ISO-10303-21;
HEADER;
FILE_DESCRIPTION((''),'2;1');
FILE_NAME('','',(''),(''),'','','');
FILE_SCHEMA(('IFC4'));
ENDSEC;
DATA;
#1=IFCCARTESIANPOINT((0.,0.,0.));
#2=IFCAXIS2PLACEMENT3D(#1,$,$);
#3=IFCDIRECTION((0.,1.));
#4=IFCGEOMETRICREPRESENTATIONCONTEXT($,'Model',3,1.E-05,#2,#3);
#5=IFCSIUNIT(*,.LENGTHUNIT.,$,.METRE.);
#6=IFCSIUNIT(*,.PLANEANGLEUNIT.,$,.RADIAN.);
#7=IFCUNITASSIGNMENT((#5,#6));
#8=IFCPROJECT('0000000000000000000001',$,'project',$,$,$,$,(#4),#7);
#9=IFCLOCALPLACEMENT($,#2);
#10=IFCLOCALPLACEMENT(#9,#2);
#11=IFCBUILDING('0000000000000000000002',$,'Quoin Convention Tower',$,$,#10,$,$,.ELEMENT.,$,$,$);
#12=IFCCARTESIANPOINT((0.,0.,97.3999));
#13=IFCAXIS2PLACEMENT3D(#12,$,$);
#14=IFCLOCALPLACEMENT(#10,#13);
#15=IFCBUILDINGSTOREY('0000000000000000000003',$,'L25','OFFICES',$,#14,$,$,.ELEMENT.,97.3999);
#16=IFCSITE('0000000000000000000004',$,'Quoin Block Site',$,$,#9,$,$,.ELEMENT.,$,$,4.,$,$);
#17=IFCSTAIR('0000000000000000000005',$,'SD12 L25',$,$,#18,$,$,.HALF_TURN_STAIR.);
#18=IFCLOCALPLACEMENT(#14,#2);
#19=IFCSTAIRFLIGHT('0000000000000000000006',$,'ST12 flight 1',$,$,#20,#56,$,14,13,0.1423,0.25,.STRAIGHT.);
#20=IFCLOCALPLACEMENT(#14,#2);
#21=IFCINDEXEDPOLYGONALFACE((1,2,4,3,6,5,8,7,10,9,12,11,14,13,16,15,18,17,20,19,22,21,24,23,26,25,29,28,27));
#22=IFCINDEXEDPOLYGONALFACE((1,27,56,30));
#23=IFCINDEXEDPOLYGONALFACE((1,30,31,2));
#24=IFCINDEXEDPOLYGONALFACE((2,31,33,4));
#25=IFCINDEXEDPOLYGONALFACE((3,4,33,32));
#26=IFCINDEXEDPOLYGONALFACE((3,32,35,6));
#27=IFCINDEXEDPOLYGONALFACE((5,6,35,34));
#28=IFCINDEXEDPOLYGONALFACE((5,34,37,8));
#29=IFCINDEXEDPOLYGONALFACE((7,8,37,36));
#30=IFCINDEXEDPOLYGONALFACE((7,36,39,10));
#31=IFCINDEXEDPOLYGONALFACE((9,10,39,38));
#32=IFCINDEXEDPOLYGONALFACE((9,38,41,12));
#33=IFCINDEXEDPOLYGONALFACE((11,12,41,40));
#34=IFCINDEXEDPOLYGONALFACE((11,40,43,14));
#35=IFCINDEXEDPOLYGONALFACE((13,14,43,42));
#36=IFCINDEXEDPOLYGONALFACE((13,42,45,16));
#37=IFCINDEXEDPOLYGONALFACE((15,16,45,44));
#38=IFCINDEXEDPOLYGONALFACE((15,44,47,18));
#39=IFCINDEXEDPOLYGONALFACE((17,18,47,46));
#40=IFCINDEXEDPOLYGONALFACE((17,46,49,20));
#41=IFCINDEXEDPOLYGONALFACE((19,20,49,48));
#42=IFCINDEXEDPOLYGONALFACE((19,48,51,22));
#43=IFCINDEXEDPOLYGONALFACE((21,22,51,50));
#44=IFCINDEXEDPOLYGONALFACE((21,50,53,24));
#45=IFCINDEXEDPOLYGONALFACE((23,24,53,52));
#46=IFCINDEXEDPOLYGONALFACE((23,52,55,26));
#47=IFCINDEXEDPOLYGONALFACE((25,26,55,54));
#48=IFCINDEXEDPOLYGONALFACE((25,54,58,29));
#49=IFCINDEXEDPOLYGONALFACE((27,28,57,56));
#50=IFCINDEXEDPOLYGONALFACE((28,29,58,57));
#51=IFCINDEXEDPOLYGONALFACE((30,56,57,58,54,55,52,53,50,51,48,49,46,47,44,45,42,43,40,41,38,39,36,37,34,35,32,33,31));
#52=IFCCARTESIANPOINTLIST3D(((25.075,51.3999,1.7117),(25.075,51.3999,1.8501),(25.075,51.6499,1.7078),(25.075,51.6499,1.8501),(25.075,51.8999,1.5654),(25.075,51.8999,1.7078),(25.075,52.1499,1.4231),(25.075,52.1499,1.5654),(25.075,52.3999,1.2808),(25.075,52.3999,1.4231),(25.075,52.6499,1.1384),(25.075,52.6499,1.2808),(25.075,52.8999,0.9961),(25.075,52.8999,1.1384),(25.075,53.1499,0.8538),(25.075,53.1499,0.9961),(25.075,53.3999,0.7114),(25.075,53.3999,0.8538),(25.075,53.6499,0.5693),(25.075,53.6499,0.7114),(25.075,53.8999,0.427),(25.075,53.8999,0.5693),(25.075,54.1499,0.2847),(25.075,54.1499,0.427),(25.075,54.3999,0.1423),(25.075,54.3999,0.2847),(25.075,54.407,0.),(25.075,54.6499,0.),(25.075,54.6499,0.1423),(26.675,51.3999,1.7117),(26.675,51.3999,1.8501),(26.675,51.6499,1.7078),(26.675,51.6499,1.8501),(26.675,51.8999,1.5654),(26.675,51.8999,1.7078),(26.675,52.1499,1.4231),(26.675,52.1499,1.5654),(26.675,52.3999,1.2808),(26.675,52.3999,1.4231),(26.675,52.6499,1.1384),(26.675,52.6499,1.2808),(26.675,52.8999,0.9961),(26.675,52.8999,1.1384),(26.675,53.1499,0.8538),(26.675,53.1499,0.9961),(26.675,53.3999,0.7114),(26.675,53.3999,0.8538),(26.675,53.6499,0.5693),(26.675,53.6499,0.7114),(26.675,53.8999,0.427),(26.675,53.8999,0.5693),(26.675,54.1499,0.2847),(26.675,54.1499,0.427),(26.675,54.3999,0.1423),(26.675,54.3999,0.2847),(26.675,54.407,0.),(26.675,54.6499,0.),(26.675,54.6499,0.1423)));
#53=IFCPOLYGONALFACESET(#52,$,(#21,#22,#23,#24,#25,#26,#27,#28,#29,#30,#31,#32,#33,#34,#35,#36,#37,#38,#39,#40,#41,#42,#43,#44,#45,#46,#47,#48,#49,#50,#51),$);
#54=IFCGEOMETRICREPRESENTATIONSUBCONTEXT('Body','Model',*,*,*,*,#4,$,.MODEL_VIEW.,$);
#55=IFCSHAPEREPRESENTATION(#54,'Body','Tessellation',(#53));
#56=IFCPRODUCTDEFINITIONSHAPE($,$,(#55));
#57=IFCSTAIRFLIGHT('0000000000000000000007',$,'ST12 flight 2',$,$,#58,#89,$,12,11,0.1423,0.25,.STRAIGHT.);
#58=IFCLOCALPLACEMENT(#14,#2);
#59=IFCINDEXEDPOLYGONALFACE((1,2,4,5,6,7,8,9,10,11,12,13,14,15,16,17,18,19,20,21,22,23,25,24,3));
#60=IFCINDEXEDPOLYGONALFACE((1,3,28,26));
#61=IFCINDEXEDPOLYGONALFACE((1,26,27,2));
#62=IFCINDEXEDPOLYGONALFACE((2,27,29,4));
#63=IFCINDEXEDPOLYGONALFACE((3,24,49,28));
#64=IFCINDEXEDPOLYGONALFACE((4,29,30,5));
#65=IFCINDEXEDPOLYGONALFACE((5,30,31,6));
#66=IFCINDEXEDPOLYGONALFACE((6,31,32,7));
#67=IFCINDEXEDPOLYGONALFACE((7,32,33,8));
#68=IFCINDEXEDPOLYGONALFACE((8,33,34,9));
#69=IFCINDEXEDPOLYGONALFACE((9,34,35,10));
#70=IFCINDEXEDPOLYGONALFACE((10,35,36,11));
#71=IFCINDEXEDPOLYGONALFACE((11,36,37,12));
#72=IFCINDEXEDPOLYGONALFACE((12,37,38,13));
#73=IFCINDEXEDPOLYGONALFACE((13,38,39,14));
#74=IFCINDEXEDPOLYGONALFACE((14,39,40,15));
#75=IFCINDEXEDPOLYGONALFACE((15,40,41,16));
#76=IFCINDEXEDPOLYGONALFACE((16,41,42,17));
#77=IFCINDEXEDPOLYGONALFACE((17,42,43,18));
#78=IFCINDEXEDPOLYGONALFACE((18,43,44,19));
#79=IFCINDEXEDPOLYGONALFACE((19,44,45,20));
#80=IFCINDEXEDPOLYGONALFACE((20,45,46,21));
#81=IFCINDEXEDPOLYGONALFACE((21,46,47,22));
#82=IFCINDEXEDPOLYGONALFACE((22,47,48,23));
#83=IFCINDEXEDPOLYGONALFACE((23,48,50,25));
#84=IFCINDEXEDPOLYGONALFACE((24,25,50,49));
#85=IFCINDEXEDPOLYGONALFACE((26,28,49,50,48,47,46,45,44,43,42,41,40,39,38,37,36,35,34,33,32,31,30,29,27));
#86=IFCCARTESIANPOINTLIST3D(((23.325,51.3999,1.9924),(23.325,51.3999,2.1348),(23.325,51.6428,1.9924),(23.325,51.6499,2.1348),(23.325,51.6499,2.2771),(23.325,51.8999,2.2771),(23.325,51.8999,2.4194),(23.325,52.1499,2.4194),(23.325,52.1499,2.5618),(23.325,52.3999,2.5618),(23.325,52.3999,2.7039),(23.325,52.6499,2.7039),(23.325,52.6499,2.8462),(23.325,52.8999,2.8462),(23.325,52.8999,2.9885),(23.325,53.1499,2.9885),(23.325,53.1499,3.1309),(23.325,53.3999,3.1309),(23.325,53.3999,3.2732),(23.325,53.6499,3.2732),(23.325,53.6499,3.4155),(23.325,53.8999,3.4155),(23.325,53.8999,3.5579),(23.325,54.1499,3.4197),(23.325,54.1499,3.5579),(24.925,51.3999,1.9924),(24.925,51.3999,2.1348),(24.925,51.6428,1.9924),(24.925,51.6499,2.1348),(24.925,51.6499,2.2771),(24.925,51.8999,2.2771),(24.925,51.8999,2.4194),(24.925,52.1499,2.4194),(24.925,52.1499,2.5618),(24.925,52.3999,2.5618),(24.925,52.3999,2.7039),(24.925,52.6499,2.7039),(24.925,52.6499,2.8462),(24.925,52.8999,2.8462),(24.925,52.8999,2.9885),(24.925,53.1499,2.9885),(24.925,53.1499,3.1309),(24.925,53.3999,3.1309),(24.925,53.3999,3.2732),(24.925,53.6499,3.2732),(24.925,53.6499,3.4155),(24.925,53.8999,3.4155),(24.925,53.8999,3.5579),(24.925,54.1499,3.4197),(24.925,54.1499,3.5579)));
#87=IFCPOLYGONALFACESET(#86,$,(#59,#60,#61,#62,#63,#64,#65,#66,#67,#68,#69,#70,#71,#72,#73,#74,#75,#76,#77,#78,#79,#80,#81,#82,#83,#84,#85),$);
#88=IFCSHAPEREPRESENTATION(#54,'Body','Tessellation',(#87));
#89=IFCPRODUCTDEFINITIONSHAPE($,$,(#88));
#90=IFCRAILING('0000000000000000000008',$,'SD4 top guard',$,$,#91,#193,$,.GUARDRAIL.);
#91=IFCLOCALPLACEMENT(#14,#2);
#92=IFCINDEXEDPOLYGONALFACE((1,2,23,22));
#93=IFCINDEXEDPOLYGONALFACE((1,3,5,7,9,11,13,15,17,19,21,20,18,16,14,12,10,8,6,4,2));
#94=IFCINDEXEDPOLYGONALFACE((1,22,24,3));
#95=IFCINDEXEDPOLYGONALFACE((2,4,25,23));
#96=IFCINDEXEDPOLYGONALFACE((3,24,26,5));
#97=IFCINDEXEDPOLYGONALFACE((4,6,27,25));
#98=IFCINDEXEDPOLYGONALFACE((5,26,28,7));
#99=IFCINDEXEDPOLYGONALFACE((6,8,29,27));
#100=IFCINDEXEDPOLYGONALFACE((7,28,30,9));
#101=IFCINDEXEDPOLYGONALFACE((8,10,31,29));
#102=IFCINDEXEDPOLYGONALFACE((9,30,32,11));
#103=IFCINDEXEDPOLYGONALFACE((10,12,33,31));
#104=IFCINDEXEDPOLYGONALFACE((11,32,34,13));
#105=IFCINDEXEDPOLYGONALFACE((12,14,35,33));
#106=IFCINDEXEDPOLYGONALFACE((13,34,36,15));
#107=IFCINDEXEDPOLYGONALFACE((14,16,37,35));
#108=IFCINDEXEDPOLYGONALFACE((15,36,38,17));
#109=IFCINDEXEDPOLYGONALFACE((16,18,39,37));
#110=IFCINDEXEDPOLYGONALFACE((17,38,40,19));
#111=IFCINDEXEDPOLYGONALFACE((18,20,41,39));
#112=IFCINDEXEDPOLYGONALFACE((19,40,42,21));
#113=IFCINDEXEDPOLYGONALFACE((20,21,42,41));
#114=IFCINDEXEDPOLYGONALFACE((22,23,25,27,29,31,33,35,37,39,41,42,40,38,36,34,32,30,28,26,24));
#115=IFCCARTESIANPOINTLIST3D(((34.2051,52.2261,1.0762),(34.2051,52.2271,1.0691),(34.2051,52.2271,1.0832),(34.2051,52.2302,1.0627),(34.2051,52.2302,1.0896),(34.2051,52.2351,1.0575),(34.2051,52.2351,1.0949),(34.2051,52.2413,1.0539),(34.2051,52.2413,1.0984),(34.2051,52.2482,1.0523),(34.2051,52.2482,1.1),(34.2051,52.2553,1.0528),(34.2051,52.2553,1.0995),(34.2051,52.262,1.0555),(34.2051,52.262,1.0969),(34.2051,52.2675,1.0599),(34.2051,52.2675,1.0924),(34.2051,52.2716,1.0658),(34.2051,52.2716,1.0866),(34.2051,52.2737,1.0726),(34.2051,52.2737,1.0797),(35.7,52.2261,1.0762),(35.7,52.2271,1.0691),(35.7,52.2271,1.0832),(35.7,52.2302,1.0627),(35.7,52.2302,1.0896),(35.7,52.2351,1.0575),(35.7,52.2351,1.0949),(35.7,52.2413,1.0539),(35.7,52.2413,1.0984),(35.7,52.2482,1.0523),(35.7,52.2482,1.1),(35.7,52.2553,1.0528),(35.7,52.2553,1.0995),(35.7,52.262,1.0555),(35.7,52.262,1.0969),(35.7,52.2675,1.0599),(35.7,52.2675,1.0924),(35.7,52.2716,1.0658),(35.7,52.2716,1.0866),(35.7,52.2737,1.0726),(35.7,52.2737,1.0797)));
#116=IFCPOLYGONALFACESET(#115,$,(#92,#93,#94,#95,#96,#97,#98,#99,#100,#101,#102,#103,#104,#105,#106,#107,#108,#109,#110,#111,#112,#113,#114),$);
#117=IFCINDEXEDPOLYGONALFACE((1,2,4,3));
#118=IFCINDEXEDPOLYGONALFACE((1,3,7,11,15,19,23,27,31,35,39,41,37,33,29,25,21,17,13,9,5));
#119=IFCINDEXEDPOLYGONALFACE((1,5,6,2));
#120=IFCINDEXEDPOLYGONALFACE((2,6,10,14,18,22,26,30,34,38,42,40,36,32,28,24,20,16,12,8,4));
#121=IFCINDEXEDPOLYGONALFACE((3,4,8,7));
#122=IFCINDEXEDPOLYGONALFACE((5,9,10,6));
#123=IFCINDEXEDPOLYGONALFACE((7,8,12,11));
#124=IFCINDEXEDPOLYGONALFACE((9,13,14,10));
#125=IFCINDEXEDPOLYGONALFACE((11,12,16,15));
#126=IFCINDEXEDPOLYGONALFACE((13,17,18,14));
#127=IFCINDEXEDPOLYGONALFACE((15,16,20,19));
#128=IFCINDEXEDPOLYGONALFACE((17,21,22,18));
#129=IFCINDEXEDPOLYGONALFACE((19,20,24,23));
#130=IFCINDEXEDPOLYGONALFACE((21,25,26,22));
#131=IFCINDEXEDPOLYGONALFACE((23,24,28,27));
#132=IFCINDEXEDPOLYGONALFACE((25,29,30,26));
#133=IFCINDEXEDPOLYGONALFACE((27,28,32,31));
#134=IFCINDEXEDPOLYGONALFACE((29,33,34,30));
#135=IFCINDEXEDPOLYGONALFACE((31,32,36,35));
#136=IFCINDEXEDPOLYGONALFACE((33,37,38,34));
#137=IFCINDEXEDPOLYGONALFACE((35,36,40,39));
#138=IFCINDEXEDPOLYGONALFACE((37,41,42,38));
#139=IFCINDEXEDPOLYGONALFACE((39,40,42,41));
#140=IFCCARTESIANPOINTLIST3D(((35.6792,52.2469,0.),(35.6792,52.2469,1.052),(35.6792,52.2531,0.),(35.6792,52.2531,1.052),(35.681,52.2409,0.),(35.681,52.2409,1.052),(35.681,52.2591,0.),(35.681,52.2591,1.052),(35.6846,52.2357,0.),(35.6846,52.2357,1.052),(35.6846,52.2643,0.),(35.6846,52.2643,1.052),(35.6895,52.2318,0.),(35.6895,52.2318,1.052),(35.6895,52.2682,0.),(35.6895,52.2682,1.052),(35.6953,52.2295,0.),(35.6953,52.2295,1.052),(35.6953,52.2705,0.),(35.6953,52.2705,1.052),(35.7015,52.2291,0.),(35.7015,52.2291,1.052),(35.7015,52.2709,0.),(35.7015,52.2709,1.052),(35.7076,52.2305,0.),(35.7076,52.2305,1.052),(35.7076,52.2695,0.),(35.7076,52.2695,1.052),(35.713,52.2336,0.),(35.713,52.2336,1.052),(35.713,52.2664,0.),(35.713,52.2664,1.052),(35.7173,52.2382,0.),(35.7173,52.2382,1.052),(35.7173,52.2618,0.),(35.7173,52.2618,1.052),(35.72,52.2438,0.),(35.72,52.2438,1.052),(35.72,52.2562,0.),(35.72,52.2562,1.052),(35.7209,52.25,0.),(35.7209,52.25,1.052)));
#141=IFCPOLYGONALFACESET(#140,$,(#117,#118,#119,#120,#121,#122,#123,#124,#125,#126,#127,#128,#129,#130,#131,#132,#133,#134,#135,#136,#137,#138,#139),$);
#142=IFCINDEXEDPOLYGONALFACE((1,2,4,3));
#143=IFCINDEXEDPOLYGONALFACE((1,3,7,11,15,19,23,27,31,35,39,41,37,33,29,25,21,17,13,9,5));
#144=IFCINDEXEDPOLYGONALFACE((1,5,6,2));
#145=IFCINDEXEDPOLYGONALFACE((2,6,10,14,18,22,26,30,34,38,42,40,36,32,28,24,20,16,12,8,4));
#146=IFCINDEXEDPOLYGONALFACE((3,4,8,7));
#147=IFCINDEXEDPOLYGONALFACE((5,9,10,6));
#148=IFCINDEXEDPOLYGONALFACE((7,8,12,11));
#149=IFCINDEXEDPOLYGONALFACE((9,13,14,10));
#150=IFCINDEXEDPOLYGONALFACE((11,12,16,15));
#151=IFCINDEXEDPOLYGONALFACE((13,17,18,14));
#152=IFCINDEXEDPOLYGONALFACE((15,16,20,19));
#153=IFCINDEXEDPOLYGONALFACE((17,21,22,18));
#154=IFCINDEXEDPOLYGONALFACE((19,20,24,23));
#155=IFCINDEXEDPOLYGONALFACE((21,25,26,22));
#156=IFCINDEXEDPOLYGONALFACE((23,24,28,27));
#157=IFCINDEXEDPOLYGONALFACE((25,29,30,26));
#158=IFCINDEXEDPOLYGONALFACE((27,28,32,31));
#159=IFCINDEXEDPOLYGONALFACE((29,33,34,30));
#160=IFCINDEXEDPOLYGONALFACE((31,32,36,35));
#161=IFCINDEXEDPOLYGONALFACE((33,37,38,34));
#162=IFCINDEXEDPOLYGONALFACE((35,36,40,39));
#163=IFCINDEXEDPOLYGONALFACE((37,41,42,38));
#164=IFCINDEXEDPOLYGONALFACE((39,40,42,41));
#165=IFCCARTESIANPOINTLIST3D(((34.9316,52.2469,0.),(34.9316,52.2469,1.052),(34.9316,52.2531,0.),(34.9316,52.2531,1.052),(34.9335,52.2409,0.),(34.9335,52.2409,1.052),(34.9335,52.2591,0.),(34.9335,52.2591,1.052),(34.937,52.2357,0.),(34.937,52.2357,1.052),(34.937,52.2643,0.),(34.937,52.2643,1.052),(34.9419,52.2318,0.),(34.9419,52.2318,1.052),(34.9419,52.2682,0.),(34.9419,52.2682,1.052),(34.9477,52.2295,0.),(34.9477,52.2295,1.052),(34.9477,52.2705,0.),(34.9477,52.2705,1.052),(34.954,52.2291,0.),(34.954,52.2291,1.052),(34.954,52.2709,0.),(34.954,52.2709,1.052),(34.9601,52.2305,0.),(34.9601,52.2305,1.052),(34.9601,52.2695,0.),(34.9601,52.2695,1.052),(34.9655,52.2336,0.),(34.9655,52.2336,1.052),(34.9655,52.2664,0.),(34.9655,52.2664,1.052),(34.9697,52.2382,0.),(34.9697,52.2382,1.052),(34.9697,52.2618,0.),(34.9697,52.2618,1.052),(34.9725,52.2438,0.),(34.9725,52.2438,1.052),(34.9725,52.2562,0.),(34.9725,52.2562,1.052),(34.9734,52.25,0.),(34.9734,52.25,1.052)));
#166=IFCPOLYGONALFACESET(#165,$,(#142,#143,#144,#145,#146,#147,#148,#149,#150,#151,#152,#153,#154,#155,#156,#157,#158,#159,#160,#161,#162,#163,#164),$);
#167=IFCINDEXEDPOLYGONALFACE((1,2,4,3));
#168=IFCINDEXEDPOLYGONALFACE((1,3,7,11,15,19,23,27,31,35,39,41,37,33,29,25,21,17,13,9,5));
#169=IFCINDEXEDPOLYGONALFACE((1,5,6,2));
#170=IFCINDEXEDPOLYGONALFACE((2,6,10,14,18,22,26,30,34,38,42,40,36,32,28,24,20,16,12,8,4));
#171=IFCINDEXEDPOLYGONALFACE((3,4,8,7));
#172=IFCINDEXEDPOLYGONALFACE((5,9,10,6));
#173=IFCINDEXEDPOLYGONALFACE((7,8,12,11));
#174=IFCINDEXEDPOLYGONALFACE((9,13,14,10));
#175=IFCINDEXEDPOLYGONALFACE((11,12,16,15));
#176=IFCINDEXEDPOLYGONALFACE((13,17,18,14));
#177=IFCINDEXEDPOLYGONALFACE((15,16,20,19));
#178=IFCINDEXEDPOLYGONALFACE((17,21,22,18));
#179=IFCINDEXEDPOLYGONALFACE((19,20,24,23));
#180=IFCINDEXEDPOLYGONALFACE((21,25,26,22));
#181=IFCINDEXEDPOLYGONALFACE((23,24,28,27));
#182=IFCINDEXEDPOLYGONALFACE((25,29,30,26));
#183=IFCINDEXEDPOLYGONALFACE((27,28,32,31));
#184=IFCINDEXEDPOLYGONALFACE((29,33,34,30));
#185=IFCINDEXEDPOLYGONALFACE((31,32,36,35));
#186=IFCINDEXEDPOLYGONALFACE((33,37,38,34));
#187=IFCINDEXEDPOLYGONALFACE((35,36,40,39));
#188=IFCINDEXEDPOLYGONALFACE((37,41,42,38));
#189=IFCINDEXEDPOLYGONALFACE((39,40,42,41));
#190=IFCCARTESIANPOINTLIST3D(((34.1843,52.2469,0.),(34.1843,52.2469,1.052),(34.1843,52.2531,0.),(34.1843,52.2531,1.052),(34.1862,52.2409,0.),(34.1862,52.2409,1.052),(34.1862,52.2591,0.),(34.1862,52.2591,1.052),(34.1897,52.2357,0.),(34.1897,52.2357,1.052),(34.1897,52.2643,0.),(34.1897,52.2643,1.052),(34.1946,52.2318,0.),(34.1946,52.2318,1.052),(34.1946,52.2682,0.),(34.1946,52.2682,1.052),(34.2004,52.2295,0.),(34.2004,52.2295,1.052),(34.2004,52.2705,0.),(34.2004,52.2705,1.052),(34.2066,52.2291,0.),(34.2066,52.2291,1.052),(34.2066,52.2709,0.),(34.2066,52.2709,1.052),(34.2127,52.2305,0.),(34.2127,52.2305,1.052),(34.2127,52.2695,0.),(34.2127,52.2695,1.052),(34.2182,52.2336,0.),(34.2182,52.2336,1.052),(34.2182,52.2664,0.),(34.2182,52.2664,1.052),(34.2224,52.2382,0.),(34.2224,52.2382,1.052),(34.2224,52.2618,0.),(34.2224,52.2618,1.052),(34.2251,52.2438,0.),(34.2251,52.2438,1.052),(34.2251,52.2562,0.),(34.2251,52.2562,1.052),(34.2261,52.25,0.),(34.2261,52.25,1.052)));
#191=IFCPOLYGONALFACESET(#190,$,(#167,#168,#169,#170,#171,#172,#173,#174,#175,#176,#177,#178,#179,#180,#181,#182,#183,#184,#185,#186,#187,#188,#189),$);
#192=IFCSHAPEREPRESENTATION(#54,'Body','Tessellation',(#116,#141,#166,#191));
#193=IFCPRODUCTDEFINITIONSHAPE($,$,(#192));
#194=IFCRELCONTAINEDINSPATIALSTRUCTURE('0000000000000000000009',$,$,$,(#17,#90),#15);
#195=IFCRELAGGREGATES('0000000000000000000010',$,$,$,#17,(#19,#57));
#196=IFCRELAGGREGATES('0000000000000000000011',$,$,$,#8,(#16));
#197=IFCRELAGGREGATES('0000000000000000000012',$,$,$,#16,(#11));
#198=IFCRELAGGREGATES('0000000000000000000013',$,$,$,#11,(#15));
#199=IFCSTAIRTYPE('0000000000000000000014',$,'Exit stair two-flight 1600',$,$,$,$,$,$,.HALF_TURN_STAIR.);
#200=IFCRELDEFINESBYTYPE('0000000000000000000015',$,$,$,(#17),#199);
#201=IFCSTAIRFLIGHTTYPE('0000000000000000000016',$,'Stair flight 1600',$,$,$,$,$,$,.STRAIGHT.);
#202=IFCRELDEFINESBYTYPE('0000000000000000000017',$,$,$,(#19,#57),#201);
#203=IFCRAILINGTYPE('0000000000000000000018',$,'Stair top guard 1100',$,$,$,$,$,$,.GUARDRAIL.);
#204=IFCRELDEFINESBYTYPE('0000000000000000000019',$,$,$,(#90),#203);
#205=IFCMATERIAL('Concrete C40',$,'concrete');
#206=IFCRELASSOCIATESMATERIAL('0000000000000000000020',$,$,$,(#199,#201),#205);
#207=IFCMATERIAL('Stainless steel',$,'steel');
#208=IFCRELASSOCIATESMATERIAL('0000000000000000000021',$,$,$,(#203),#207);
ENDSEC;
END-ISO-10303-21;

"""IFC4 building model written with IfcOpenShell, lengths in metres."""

from ifc_helpers import new_model, si_unit, direction, frame, origin, origin_2d, place, context, subcontext, project, spatial, polyline, circle, outline, extrude, material, type_object, element, aggregate, save


model = new_model("IFC4")

# Units and contexts
model_context = context("Model", 3, precision=1e-05, world=origin(), true_north=direction((0.0, 1.0)))
body_context = subcontext(model_context, "Body", "Model", "MODEL_VIEW")
ifc_project = project(units=[si_unit("LENGTHUNIT", "METRE"), si_unit("PLANEANGLEUNIT", "RADIAN")], contexts=[model_context])

# Site, building, storey
site_placement = place(None, origin())
site = spatial("IfcSite", under=ifc_project, at=site_placement, Name="Quoin Block Site", CompositionType="ELEMENT", RefElevation=4.0)
building_placement = place(site_placement, origin())
building = spatial("IfcBuilding", under=site, at=building_placement, Name="Quoin Convention Tower", CompositionType="ELEMENT")
storey_placement = place(building_placement, frame((0.0, 0.0, 97.3999)))
storey = spatial("IfcBuildingStorey", under=building, at=storey_placement, Name="L25", Description="OFFICES", CompositionType="ELEMENT", Elevation=97.3999)

# Shared definitions
ifc_material_1 = material(Name="Concrete C40", Category="concrete")

# Stair, stair flights
stair_type_1 = type_object("IfcStairType", Name="Exit stair two-flight 1600", PredefinedType="HALF_TURN_STAIR", material=ifc_material_1)
stair_flight_type_1 = type_object("IfcStairFlightType", Name="Stair flight 1600", PredefinedType="STRAIGHT", material=ifc_material_1)
stair_1_placement = place(storey_placement, origin())
stair_1 = element("IfcStair", 1, at=stair_1_placement, inside=storey, type_object=stair_type_1, Name="SD12 L25", PredefinedType="HALF_TURN_STAIR")
stair_flight_1_placement = place(storey_placement, frame((25.875, 54.6499, 0.0), z_axis=(0.0, 0.0, 1.0), x_axis=(0.0, -1.0, 0.0)))
stair_flight_1 = element("IfcStairFlight", 2, at=stair_flight_1_placement, type_object=stair_flight_type_1, Name="ST12 flight 1", NumberOfRisers=14, NumberOfTreads=13, PredefinedType="STRAIGHT", RiserHeight=0.1423, TreadLength=0.25, context=body_context, shape_type="SweptSolid", body=[
    extrude(outline(polyline([(0.0, 0.0), (0.0, 0.1423), (0.25, 0.1423), (0.25, 0.2847), (0.5, 0.2847), (0.5, 0.427), (0.75, 0.427), (0.75, 0.5693), (1.0, 0.5693), (1.0, 0.7114), (1.25, 0.7114), (1.25, 0.8538), (1.5, 0.8538), (1.5, 0.9961), (1.75, 0.9961), (1.75, 1.1384), (2.0, 1.1384), (2.0, 1.2808), (2.25, 1.2808), (2.25, 1.4231), (2.5, 1.4231), (2.5, 1.5654), (2.75, 1.5654), (2.75, 1.7078), (3.0, 1.7078), (3.0, 1.8501), (3.25, 1.8501), (3.25, 1.9922), (3.25, 1.7117), (0.2429, 0.0), (0.0, 0.0)])), frame((0.0, 0.8, 0.0), z_axis=(0.0, -1.0, 0.0), x_axis=(1.0, 0.0, 0.0)), (0.0, 0.0, 1.0), 1.6001),
])
stair_flight_2_placement = place(storey_placement, frame((24.125, 51.3999, 1.9924), z_axis=(0.0, 0.0, 1.0), x_axis=(0.0, 1.0, 0.0)))
stair_flight_2 = element("IfcStairFlight", 3, at=stair_flight_2_placement, type_object=stair_flight_type_1, Name="ST12 flight 2", NumberOfRisers=12, NumberOfTreads=11, PredefinedType="STRAIGHT", RiserHeight=0.1423, TreadLength=0.25, context=body_context, shape_type="SweptSolid", body=[
    extrude(outline(polyline([(0.0, 0.0), (0.0, 0.1423), (0.25, 0.1423), (0.25, 0.2847), (0.5, 0.2847), (0.5, 0.427), (0.75, 0.427), (0.75, 0.5693), (1.0, 0.5693), (1.0, 0.7114), (1.25, 0.7114), (1.25, 0.8538), (1.5, 0.8538), (1.5, 0.9961), (1.75, 0.9961), (1.75, 1.1384), (2.0, 1.1384), (2.0, 1.2808), (2.25, 1.2808), (2.25, 1.4231), (2.5, 1.4231), (2.5, 1.5654), (2.75, 1.5654), (2.75, 1.7078), (2.75, 1.4272), (0.2429, 0.0), (0.0, 0.0)])), frame((0.0, 0.8, 0.0), z_axis=(0.0, -1.0, 0.0), x_axis=(1.0, 0.0, 0.0)), (0.0, 0.0, 1.0), 1.6001),
])
aggregate(stair_1, [stair_flight_1, stair_flight_2])

# Railing
ifc_material_2 = material(Name="Stainless steel", Category="steel")
railing_type_1 = type_object("IfcRailingType", Name="Stair top guard 1100", PredefinedType="GUARDRAIL", material=ifc_material_2)
railing_1_placement = place(storey_placement, frame((35.7, 52.25, 0.0)))
element("IfcRailing", 4, at=railing_1_placement, inside=storey, type_object=railing_type_1, Name="SD4 top guard", PredefinedType="GUARDRAIL", context=body_context, shape_type="SweptSolid", body=[
    extrude(circle(Radius=0.0239, at=origin_2d()), frame((0.0, 0.0, 1.0762), z_axis=(-1.0, 0.0, 0.0), x_axis=(0.0, -1.0, 0.0)), (0.0, 0.0, 1.0), 1.4949),
    extrude(circle(Radius=0.021, at=origin_2d()), origin(), (0.0, 0.0, 1.0), 1.052),
    extrude(circle(Radius=0.021, at=origin_2d()), frame((-0.7476, 0.0, 0.0)), (0.0, 0.0, 1.0), 1.052),
    extrude(circle(Radius=0.021, at=origin_2d()), frame((-1.4949, 0.0, 0.0)), (0.0, 0.0, 1.0), 1.052),
])

save(model, "model.ifc")
